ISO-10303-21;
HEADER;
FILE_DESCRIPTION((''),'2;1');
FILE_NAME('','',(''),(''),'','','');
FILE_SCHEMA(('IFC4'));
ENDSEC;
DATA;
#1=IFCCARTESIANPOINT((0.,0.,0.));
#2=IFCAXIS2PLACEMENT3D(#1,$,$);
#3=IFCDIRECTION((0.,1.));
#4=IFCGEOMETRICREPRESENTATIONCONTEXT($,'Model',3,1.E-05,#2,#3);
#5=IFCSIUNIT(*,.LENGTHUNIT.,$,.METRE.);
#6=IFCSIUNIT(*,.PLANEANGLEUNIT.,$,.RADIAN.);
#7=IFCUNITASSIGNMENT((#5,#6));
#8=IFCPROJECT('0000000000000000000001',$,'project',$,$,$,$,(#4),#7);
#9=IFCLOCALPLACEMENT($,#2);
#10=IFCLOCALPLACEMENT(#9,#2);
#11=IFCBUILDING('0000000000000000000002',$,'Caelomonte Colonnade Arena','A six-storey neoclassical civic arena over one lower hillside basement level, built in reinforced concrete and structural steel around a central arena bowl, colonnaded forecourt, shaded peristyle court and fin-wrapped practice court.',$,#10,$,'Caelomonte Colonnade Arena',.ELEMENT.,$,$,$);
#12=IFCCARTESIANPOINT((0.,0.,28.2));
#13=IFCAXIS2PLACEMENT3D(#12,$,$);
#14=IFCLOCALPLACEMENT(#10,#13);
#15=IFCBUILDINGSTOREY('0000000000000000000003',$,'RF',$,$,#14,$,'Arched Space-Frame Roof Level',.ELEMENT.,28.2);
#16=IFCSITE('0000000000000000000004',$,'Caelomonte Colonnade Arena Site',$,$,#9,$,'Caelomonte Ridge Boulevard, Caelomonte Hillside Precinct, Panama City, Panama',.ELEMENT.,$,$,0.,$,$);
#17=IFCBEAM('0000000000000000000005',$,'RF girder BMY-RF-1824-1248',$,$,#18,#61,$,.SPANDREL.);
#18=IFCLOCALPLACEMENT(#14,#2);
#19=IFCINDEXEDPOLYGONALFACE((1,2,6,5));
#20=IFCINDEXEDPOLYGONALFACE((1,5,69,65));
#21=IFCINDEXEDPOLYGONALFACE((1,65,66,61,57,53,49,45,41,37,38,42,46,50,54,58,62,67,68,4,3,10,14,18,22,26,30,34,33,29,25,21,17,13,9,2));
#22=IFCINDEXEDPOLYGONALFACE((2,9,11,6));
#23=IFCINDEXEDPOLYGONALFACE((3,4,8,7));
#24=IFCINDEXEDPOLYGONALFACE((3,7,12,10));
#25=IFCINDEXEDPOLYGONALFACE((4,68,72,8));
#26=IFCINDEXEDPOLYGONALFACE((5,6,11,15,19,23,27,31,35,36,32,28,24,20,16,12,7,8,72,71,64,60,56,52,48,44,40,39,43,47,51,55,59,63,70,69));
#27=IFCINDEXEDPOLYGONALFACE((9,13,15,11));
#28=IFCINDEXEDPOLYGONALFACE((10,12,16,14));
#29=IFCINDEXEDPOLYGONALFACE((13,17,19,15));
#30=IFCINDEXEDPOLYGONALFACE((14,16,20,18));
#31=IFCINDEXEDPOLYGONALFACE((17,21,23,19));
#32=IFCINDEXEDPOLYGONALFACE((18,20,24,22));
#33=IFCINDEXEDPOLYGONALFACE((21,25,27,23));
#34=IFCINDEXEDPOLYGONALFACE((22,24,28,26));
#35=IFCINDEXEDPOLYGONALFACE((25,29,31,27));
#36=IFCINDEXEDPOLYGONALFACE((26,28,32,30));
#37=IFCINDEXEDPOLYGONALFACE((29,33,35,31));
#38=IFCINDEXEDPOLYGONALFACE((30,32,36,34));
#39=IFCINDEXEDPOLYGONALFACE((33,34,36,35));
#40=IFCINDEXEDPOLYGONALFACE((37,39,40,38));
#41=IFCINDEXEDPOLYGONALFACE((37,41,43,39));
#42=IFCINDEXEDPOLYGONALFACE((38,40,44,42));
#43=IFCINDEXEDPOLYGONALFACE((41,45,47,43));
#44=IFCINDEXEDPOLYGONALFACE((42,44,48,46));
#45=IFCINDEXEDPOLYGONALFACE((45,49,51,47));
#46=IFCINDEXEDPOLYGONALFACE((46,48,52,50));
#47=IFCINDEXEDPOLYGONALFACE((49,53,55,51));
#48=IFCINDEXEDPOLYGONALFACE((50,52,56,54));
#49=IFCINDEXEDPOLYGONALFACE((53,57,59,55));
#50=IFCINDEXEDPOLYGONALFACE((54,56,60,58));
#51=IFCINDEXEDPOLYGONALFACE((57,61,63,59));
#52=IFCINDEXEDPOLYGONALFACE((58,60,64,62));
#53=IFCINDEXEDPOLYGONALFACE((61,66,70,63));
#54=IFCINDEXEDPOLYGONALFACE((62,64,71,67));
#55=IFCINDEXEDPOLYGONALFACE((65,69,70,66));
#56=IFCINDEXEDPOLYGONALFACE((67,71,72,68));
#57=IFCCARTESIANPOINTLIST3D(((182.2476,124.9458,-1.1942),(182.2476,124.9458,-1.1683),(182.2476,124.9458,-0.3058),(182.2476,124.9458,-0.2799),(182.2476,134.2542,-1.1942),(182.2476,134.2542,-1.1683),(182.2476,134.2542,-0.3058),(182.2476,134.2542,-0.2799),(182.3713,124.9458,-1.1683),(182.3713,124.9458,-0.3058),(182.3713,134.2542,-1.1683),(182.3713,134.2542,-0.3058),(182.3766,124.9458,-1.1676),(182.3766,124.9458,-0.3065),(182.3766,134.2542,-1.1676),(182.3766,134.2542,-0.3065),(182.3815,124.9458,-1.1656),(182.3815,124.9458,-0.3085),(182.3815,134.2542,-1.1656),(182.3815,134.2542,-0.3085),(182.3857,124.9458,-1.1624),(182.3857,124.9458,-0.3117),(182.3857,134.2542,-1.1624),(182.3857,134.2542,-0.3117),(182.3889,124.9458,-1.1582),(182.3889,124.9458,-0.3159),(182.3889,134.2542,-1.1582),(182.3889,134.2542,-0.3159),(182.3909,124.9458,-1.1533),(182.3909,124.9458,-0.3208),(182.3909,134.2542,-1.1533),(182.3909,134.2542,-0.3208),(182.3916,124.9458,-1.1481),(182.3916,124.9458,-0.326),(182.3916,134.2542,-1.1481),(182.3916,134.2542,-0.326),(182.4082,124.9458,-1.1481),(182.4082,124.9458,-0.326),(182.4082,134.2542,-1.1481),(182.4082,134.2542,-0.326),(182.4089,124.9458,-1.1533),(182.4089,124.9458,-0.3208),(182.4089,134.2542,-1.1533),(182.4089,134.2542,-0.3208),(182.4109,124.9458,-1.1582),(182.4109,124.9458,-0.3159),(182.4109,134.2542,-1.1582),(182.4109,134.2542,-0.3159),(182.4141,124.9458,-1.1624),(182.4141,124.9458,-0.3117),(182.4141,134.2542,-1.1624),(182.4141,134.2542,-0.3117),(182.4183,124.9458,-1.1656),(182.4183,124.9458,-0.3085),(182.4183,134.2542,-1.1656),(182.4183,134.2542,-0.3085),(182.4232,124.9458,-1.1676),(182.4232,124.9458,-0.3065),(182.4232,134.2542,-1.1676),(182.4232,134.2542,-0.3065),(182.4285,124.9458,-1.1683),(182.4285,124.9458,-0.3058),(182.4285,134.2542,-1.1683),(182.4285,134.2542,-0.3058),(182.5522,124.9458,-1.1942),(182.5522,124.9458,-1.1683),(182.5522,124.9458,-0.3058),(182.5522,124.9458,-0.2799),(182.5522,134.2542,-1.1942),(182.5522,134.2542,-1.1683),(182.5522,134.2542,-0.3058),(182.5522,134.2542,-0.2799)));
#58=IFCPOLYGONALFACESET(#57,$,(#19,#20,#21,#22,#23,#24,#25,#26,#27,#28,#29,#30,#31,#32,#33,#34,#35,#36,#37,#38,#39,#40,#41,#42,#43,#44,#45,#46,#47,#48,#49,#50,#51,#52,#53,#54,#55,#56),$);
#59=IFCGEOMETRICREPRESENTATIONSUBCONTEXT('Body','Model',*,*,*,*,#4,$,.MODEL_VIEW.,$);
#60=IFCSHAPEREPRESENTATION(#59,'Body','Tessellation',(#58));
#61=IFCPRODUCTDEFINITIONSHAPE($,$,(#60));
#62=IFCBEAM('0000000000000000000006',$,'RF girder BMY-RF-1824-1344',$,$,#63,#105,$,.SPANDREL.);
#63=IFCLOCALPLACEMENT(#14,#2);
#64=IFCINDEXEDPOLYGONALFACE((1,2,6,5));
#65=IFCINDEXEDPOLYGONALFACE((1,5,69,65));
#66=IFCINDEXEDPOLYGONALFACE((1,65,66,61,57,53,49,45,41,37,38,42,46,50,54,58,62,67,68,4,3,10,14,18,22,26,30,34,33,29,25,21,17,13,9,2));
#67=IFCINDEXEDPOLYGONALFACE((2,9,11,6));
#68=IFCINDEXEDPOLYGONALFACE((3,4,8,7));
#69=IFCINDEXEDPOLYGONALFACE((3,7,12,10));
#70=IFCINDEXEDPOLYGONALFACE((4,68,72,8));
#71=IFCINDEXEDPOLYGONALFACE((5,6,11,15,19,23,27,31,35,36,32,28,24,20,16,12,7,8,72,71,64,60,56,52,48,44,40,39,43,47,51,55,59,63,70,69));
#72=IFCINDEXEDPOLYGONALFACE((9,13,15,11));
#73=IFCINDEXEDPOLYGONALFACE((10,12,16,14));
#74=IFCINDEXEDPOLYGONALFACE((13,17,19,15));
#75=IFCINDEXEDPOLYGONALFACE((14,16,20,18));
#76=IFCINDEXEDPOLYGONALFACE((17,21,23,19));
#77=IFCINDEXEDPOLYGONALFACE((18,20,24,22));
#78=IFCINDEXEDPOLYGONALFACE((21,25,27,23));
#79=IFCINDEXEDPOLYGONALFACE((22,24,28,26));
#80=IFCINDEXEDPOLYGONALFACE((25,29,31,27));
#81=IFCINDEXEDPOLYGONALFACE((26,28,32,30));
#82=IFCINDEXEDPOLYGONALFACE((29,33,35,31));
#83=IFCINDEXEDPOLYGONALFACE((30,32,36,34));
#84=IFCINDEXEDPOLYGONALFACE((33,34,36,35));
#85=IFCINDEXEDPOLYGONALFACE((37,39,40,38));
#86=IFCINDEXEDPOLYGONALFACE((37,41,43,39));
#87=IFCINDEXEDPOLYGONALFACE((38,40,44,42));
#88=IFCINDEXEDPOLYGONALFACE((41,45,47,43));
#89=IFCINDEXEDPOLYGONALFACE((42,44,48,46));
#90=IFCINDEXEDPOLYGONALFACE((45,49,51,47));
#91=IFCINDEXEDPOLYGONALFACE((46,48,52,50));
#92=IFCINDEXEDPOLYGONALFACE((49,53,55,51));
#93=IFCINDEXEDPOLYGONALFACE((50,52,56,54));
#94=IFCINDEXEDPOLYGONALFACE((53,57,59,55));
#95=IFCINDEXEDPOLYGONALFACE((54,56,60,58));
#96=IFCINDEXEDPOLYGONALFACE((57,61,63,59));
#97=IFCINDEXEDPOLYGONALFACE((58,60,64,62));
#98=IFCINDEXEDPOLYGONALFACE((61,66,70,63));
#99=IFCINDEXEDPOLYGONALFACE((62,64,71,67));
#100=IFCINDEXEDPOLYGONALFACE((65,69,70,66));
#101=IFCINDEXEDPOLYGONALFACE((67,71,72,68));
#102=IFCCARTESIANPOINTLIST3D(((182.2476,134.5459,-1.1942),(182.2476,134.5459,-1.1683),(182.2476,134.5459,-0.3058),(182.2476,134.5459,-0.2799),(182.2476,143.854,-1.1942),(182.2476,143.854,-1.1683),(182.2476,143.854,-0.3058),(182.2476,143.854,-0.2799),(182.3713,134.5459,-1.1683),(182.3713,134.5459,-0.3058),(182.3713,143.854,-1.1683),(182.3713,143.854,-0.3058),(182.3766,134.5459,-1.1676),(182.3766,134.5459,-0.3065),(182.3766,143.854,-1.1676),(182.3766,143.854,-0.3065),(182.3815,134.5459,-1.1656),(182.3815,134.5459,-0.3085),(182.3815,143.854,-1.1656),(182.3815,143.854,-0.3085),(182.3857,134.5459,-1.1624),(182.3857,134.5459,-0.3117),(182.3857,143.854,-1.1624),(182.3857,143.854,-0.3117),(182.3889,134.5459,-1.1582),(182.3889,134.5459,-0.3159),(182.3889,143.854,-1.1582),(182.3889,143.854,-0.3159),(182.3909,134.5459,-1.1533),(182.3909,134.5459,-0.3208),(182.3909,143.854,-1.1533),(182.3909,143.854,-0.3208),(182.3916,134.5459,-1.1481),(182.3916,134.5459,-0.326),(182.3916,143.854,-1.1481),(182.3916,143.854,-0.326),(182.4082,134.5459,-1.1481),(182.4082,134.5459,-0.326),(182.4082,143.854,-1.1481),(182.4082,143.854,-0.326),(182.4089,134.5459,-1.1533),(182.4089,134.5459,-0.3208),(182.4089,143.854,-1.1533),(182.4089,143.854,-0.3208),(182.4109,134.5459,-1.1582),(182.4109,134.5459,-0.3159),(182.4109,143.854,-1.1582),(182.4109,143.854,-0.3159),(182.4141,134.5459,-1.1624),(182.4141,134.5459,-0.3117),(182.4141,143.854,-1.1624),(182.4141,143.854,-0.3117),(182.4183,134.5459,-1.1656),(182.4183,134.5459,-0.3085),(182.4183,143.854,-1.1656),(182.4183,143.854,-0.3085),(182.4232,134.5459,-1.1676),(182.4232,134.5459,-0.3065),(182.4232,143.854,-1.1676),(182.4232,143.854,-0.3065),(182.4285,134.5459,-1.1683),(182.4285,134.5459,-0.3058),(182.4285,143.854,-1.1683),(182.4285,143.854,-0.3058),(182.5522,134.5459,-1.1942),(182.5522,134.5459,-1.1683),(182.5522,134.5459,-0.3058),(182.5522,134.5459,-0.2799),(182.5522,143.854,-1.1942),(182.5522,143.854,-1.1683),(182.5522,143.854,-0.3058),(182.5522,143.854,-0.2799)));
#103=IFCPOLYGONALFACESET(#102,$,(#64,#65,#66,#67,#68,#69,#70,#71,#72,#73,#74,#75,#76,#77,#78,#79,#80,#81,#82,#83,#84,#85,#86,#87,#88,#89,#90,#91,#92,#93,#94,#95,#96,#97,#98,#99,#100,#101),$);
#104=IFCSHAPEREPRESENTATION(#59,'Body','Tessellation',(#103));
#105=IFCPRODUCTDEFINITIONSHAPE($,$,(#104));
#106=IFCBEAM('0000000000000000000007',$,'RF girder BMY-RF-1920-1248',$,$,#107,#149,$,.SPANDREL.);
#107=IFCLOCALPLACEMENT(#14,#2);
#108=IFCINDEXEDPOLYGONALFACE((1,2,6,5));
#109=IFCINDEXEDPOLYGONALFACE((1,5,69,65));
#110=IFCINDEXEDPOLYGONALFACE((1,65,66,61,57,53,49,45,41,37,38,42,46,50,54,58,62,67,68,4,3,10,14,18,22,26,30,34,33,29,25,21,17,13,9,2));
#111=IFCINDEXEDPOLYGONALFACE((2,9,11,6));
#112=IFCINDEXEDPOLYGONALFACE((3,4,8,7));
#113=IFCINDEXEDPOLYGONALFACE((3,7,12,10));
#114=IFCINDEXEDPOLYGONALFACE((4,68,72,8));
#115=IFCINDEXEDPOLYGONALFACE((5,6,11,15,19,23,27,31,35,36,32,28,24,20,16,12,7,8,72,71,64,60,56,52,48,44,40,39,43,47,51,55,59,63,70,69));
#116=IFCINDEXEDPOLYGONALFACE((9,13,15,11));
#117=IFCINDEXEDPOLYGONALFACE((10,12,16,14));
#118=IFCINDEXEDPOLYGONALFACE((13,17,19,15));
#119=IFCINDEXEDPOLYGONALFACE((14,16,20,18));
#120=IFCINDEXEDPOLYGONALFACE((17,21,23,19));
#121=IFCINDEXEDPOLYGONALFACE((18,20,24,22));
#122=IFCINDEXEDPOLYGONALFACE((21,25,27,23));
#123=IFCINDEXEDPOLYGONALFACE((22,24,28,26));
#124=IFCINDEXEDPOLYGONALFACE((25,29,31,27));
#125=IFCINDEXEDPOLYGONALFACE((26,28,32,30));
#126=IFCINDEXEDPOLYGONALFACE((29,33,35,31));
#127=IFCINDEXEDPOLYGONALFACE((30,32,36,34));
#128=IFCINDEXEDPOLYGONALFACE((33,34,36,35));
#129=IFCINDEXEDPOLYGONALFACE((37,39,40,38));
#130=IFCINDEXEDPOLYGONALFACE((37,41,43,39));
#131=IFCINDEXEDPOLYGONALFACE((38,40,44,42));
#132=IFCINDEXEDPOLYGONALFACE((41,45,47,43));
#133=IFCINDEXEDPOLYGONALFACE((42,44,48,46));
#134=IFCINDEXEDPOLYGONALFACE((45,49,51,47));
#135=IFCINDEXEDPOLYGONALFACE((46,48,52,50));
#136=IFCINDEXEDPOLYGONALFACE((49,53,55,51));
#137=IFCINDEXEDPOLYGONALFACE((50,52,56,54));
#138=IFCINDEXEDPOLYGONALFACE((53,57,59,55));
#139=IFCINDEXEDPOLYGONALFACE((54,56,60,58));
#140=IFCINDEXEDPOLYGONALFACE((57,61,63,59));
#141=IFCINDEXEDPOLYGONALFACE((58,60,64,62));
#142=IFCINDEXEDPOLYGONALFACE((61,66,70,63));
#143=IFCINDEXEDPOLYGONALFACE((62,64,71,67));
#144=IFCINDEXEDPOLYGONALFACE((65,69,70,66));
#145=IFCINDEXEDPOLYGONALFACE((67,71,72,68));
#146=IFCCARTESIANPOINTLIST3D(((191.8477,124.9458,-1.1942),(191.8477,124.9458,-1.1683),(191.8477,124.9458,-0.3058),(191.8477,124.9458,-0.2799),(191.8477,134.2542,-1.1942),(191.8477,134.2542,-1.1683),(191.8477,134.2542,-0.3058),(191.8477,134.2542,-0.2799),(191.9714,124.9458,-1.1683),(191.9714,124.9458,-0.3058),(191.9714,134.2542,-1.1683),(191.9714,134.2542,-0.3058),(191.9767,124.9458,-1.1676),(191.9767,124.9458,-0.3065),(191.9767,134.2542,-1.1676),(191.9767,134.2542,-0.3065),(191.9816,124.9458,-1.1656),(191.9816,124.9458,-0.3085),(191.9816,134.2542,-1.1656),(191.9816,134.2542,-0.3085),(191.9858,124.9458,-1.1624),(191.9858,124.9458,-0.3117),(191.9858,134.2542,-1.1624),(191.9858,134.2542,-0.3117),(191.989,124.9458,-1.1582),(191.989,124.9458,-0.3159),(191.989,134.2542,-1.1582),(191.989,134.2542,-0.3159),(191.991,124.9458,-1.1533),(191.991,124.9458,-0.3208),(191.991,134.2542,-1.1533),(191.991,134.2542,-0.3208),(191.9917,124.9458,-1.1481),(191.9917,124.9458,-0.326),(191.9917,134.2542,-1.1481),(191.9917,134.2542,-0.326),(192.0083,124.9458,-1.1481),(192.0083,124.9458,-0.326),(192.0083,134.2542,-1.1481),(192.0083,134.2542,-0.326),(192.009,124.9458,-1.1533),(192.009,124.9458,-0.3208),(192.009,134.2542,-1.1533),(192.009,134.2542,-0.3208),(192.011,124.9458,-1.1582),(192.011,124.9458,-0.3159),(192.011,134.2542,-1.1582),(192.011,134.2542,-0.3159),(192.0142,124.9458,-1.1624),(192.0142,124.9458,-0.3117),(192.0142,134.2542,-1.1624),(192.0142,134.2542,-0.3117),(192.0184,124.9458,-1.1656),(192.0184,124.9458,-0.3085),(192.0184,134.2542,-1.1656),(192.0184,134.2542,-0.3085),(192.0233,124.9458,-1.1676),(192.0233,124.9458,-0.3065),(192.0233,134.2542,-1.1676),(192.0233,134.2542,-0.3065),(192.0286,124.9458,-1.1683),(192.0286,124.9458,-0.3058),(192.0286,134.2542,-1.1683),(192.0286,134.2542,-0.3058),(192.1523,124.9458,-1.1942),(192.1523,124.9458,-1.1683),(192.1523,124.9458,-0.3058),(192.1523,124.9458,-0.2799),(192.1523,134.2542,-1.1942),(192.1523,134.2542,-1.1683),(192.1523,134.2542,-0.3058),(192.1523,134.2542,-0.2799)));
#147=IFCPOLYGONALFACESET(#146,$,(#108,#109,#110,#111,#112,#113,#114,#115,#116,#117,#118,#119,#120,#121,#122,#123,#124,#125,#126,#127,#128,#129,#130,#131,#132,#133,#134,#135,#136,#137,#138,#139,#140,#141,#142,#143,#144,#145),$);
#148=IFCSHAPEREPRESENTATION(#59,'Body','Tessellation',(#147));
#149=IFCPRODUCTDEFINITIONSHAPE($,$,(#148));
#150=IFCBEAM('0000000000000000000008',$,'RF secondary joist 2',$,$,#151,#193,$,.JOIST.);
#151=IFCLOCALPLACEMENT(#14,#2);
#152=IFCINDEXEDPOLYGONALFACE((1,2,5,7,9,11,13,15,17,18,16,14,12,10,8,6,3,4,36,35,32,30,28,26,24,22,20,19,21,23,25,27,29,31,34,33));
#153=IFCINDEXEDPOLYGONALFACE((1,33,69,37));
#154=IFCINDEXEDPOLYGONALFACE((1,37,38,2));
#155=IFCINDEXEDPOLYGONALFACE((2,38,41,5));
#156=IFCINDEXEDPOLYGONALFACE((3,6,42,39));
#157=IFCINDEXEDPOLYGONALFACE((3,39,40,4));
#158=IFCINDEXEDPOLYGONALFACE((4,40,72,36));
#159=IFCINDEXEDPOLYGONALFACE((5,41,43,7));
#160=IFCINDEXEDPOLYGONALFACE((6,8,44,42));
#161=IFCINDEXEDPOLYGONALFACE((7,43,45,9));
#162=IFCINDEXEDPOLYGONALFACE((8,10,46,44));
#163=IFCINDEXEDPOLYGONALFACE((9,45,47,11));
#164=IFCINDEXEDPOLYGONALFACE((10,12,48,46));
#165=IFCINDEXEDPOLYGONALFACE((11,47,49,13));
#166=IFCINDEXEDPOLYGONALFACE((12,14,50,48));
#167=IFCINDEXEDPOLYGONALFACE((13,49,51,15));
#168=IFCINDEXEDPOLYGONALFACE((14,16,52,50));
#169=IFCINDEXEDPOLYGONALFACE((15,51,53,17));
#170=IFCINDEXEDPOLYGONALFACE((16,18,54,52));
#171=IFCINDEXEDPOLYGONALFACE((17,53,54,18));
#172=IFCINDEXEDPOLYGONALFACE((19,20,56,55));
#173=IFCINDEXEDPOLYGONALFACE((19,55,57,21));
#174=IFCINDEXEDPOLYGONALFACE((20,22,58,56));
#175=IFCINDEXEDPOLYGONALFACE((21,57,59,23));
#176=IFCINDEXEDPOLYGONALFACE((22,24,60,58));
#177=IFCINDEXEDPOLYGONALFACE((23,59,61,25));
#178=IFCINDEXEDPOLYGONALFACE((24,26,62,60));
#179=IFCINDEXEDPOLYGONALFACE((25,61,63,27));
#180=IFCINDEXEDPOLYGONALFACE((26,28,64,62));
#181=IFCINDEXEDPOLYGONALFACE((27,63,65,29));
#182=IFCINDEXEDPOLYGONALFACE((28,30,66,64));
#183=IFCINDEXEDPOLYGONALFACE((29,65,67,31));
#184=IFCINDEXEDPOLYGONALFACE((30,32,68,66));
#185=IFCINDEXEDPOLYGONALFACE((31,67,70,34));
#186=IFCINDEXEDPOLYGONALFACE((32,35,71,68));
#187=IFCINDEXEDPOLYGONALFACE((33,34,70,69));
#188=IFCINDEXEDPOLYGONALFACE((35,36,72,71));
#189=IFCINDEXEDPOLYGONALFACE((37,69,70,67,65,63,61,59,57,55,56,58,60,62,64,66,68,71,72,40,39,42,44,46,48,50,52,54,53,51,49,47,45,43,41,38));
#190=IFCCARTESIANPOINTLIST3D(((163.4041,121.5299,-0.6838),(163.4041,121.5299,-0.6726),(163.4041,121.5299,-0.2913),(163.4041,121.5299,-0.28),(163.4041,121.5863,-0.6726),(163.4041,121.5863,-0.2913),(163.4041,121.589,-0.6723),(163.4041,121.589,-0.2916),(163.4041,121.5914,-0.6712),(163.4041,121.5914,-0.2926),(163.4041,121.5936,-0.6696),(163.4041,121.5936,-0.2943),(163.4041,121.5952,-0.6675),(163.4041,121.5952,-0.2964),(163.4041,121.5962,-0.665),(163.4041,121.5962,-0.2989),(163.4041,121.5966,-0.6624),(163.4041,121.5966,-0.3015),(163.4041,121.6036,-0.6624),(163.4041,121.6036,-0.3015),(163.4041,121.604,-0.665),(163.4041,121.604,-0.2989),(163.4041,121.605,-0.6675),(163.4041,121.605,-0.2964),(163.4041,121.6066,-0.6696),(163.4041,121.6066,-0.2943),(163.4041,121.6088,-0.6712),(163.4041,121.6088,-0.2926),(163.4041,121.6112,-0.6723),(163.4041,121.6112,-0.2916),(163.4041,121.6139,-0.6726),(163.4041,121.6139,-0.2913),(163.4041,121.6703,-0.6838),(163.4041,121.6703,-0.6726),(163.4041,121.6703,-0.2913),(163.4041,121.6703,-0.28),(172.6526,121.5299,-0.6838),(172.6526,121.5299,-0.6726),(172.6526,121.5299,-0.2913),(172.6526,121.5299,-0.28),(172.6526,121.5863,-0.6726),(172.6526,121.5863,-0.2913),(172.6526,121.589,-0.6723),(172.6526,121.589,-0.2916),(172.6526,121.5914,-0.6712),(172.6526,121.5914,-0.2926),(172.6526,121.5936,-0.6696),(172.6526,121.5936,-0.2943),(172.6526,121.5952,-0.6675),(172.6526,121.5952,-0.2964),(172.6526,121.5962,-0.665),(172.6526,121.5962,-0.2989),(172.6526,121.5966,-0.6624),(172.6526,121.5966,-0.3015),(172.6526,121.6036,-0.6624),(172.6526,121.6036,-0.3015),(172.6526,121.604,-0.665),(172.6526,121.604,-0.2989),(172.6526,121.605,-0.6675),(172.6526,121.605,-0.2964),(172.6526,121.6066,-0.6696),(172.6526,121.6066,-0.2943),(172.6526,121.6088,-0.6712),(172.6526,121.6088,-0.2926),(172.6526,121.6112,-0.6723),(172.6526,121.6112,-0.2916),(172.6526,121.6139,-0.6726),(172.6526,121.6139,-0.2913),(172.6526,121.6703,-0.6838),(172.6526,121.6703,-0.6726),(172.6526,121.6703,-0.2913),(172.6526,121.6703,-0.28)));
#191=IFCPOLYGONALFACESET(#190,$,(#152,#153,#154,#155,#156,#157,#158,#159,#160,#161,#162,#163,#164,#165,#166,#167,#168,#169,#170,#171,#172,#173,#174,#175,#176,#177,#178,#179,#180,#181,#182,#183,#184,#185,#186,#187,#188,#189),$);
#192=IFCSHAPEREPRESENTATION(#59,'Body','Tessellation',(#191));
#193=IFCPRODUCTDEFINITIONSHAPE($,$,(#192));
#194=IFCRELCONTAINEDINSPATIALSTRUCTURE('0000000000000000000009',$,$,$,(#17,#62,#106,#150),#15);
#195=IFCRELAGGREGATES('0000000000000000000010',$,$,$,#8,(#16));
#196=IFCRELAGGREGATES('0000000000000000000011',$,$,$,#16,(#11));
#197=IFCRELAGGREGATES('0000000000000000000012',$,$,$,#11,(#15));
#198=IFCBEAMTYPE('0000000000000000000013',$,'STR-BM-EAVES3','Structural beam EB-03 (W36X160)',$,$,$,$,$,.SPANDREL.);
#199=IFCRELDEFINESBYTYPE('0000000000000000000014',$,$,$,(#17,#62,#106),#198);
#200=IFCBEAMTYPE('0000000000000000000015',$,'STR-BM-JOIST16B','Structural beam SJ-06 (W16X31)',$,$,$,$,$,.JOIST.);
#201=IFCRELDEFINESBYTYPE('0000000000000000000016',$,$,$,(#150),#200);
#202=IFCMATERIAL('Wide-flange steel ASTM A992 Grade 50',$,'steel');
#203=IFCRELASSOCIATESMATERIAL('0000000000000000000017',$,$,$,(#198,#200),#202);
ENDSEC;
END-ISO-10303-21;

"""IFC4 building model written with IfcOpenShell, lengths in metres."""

from ifc_helpers import new_model, si_unit, direction, frame, origin, origin_2d, place, context, subcontext, project, spatial, i_section, extrude, material, material_profile, profile_set, type_object, element, save


model = new_model("IFC4")

# Units and contexts
model_context = context("Model", 3, precision=1e-05, world=origin(), true_north=direction((0.0, 1.0)))
body_context = subcontext(model_context, "Body", "Model", "MODEL_VIEW")
ifc_project = project(units=[si_unit("LENGTHUNIT", "METRE"), si_unit("PLANEANGLEUNIT", "RADIAN")], contexts=[model_context])

# Site, building, storey
site_placement = place(None, origin())
site = spatial("IfcSite", under=ifc_project, at=site_placement, Name="Caelomonte Colonnade Arena Site", LongName="Caelomonte Ridge Boulevard, Caelomonte Hillside Precinct, Panama City, Panama", CompositionType="ELEMENT", RefElevation=0.0)
building_placement = place(site_placement, origin())
building = spatial("IfcBuilding", under=site, at=building_placement, Name="Caelomonte Colonnade Arena", Description="A six-storey neoclassical civic arena over one lower hillside basement level, built in reinforced concrete and structural steel around a central arena bowl, colonnaded forecourt, shaded peristyle court and fin-wrapped practice court.", LongName="Caelomonte Colonnade Arena", CompositionType="ELEMENT")
storey_placement = place(building_placement, frame((0.0, 0.0, 28.2)))
storey = spatial("IfcBuildingStorey", under=building, at=storey_placement, Name="RF", LongName="Arched Space-Frame Roof Level", CompositionType="ELEMENT", Elevation=28.2)

# Beams
ifc_material_1 = material(Name="Wide-flange steel ASTM A992 Grade 50", Category="steel")
ifc_material_profile_1 = material_profile(ifc_material_1, i_section(OverallWidth=0.3047, OverallDepth=0.9143, WebThickness=0.0166, FlangeThickness=0.0259, FilletRadius=0.0203, at=origin_2d()), Name="W36X160")
ifc_profile_set_1 = profile_set([ifc_material_profile_1], Name="Wide-flange steel ASTM A992 Grade 50")
beam_type_1 = type_object("IfcBeamType", Name="STR-BM-EAVES3", Description="Structural beam EB-03 (W36X160)", PredefinedType="SPANDREL", material=ifc_profile_set_1)
beam_1_placement = place(storey_placement, frame((182.3999, 124.9458, -0.7371), z_axis=(0.0, 1.0, 0.0), x_axis=(-1.0, 0.0, 0.0)))
element("IfcBeam", 1, at=beam_1_placement, inside=storey, type_object=beam_type_1, Name="RF girder BMY-RF-1824-1248", PredefinedType="SPANDREL", context=body_context, shape_type="SweptSolid", body=[
    extrude(i_section(OverallWidth=0.3047, OverallDepth=0.9143, WebThickness=0.0166, FlangeThickness=0.0259, FilletRadius=0.0203, at=origin_2d()), origin(), (0.0, 0.0, 1.0), 9.3083),
])
beam_2_placement = place(storey_placement, frame((182.3999, 134.5459, -0.7371), z_axis=(0.0, 1.0, 0.0), x_axis=(-1.0, 0.0, 0.0)))
element("IfcBeam", 2, at=beam_2_placement, inside=storey, type_object=beam_type_1, Name="RF girder BMY-RF-1824-1344", PredefinedType="SPANDREL", context=body_context, shape_type="SweptSolid", body=[
    extrude(i_section(OverallWidth=0.3047, OverallDepth=0.9143, WebThickness=0.0166, FlangeThickness=0.0259, FilletRadius=0.0203, at=origin_2d()), origin(), (0.0, 0.0, 1.0), 9.3081),
])
beam_3_placement = place(storey_placement, frame((192.0, 124.9458, -0.7371), z_axis=(0.0, 1.0, 0.0), x_axis=(-1.0, 0.0, 0.0)))
element("IfcBeam", 3, at=beam_3_placement, inside=storey, type_object=beam_type_1, Name="RF girder BMY-RF-1920-1248", PredefinedType="SPANDREL", context=body_context, shape_type="SweptSolid", body=[
    extrude(i_section(OverallWidth=0.3047, OverallDepth=0.9143, WebThickness=0.0166, FlangeThickness=0.0259, FilletRadius=0.0203, at=origin_2d()), origin(), (0.0, 0.0, 1.0), 9.3083),
])
ifc_material_profile_2 = material_profile(ifc_material_1, i_section(OverallWidth=0.1404, OverallDepth=0.4038, WebThickness=0.0071, FlangeThickness=0.0112, FilletRadius=0.0103, at=origin_2d()), Name="W16X31")
ifc_profile_set_2 = profile_set([ifc_material_profile_2], Name="Wide-flange steel ASTM A992 Grade 50")
beam_type_2 = type_object("IfcBeamType", Name="STR-BM-JOIST16B", Description="Structural beam SJ-06 (W16X31)", PredefinedType="JOIST", material=ifc_profile_set_2)
for number, where, z_axis, x_axis, name in (
    (4, (163.4041, 121.6001, -0.4819), (1.0, 0.0, 0.0), (0.0, 1.0, 0.0), "RF secondary joist 2"),
):
    element("IfcBeam", number, at=place(storey_placement, frame(where, z_axis=z_axis, x_axis=x_axis)), inside=storey, type_object=beam_type_2, Name=name, PredefinedType="JOIST", context=body_context, shape_type="SweptSolid", body=[
        extrude(i_section(OverallWidth=0.1404, OverallDepth=0.4038, WebThickness=0.0071, FlangeThickness=0.0112, FilletRadius=0.0103, at=origin_2d()), origin(), (0.0, 0.0, 1.0), 9.2485),
    ])

save(model, "model.ifc")
